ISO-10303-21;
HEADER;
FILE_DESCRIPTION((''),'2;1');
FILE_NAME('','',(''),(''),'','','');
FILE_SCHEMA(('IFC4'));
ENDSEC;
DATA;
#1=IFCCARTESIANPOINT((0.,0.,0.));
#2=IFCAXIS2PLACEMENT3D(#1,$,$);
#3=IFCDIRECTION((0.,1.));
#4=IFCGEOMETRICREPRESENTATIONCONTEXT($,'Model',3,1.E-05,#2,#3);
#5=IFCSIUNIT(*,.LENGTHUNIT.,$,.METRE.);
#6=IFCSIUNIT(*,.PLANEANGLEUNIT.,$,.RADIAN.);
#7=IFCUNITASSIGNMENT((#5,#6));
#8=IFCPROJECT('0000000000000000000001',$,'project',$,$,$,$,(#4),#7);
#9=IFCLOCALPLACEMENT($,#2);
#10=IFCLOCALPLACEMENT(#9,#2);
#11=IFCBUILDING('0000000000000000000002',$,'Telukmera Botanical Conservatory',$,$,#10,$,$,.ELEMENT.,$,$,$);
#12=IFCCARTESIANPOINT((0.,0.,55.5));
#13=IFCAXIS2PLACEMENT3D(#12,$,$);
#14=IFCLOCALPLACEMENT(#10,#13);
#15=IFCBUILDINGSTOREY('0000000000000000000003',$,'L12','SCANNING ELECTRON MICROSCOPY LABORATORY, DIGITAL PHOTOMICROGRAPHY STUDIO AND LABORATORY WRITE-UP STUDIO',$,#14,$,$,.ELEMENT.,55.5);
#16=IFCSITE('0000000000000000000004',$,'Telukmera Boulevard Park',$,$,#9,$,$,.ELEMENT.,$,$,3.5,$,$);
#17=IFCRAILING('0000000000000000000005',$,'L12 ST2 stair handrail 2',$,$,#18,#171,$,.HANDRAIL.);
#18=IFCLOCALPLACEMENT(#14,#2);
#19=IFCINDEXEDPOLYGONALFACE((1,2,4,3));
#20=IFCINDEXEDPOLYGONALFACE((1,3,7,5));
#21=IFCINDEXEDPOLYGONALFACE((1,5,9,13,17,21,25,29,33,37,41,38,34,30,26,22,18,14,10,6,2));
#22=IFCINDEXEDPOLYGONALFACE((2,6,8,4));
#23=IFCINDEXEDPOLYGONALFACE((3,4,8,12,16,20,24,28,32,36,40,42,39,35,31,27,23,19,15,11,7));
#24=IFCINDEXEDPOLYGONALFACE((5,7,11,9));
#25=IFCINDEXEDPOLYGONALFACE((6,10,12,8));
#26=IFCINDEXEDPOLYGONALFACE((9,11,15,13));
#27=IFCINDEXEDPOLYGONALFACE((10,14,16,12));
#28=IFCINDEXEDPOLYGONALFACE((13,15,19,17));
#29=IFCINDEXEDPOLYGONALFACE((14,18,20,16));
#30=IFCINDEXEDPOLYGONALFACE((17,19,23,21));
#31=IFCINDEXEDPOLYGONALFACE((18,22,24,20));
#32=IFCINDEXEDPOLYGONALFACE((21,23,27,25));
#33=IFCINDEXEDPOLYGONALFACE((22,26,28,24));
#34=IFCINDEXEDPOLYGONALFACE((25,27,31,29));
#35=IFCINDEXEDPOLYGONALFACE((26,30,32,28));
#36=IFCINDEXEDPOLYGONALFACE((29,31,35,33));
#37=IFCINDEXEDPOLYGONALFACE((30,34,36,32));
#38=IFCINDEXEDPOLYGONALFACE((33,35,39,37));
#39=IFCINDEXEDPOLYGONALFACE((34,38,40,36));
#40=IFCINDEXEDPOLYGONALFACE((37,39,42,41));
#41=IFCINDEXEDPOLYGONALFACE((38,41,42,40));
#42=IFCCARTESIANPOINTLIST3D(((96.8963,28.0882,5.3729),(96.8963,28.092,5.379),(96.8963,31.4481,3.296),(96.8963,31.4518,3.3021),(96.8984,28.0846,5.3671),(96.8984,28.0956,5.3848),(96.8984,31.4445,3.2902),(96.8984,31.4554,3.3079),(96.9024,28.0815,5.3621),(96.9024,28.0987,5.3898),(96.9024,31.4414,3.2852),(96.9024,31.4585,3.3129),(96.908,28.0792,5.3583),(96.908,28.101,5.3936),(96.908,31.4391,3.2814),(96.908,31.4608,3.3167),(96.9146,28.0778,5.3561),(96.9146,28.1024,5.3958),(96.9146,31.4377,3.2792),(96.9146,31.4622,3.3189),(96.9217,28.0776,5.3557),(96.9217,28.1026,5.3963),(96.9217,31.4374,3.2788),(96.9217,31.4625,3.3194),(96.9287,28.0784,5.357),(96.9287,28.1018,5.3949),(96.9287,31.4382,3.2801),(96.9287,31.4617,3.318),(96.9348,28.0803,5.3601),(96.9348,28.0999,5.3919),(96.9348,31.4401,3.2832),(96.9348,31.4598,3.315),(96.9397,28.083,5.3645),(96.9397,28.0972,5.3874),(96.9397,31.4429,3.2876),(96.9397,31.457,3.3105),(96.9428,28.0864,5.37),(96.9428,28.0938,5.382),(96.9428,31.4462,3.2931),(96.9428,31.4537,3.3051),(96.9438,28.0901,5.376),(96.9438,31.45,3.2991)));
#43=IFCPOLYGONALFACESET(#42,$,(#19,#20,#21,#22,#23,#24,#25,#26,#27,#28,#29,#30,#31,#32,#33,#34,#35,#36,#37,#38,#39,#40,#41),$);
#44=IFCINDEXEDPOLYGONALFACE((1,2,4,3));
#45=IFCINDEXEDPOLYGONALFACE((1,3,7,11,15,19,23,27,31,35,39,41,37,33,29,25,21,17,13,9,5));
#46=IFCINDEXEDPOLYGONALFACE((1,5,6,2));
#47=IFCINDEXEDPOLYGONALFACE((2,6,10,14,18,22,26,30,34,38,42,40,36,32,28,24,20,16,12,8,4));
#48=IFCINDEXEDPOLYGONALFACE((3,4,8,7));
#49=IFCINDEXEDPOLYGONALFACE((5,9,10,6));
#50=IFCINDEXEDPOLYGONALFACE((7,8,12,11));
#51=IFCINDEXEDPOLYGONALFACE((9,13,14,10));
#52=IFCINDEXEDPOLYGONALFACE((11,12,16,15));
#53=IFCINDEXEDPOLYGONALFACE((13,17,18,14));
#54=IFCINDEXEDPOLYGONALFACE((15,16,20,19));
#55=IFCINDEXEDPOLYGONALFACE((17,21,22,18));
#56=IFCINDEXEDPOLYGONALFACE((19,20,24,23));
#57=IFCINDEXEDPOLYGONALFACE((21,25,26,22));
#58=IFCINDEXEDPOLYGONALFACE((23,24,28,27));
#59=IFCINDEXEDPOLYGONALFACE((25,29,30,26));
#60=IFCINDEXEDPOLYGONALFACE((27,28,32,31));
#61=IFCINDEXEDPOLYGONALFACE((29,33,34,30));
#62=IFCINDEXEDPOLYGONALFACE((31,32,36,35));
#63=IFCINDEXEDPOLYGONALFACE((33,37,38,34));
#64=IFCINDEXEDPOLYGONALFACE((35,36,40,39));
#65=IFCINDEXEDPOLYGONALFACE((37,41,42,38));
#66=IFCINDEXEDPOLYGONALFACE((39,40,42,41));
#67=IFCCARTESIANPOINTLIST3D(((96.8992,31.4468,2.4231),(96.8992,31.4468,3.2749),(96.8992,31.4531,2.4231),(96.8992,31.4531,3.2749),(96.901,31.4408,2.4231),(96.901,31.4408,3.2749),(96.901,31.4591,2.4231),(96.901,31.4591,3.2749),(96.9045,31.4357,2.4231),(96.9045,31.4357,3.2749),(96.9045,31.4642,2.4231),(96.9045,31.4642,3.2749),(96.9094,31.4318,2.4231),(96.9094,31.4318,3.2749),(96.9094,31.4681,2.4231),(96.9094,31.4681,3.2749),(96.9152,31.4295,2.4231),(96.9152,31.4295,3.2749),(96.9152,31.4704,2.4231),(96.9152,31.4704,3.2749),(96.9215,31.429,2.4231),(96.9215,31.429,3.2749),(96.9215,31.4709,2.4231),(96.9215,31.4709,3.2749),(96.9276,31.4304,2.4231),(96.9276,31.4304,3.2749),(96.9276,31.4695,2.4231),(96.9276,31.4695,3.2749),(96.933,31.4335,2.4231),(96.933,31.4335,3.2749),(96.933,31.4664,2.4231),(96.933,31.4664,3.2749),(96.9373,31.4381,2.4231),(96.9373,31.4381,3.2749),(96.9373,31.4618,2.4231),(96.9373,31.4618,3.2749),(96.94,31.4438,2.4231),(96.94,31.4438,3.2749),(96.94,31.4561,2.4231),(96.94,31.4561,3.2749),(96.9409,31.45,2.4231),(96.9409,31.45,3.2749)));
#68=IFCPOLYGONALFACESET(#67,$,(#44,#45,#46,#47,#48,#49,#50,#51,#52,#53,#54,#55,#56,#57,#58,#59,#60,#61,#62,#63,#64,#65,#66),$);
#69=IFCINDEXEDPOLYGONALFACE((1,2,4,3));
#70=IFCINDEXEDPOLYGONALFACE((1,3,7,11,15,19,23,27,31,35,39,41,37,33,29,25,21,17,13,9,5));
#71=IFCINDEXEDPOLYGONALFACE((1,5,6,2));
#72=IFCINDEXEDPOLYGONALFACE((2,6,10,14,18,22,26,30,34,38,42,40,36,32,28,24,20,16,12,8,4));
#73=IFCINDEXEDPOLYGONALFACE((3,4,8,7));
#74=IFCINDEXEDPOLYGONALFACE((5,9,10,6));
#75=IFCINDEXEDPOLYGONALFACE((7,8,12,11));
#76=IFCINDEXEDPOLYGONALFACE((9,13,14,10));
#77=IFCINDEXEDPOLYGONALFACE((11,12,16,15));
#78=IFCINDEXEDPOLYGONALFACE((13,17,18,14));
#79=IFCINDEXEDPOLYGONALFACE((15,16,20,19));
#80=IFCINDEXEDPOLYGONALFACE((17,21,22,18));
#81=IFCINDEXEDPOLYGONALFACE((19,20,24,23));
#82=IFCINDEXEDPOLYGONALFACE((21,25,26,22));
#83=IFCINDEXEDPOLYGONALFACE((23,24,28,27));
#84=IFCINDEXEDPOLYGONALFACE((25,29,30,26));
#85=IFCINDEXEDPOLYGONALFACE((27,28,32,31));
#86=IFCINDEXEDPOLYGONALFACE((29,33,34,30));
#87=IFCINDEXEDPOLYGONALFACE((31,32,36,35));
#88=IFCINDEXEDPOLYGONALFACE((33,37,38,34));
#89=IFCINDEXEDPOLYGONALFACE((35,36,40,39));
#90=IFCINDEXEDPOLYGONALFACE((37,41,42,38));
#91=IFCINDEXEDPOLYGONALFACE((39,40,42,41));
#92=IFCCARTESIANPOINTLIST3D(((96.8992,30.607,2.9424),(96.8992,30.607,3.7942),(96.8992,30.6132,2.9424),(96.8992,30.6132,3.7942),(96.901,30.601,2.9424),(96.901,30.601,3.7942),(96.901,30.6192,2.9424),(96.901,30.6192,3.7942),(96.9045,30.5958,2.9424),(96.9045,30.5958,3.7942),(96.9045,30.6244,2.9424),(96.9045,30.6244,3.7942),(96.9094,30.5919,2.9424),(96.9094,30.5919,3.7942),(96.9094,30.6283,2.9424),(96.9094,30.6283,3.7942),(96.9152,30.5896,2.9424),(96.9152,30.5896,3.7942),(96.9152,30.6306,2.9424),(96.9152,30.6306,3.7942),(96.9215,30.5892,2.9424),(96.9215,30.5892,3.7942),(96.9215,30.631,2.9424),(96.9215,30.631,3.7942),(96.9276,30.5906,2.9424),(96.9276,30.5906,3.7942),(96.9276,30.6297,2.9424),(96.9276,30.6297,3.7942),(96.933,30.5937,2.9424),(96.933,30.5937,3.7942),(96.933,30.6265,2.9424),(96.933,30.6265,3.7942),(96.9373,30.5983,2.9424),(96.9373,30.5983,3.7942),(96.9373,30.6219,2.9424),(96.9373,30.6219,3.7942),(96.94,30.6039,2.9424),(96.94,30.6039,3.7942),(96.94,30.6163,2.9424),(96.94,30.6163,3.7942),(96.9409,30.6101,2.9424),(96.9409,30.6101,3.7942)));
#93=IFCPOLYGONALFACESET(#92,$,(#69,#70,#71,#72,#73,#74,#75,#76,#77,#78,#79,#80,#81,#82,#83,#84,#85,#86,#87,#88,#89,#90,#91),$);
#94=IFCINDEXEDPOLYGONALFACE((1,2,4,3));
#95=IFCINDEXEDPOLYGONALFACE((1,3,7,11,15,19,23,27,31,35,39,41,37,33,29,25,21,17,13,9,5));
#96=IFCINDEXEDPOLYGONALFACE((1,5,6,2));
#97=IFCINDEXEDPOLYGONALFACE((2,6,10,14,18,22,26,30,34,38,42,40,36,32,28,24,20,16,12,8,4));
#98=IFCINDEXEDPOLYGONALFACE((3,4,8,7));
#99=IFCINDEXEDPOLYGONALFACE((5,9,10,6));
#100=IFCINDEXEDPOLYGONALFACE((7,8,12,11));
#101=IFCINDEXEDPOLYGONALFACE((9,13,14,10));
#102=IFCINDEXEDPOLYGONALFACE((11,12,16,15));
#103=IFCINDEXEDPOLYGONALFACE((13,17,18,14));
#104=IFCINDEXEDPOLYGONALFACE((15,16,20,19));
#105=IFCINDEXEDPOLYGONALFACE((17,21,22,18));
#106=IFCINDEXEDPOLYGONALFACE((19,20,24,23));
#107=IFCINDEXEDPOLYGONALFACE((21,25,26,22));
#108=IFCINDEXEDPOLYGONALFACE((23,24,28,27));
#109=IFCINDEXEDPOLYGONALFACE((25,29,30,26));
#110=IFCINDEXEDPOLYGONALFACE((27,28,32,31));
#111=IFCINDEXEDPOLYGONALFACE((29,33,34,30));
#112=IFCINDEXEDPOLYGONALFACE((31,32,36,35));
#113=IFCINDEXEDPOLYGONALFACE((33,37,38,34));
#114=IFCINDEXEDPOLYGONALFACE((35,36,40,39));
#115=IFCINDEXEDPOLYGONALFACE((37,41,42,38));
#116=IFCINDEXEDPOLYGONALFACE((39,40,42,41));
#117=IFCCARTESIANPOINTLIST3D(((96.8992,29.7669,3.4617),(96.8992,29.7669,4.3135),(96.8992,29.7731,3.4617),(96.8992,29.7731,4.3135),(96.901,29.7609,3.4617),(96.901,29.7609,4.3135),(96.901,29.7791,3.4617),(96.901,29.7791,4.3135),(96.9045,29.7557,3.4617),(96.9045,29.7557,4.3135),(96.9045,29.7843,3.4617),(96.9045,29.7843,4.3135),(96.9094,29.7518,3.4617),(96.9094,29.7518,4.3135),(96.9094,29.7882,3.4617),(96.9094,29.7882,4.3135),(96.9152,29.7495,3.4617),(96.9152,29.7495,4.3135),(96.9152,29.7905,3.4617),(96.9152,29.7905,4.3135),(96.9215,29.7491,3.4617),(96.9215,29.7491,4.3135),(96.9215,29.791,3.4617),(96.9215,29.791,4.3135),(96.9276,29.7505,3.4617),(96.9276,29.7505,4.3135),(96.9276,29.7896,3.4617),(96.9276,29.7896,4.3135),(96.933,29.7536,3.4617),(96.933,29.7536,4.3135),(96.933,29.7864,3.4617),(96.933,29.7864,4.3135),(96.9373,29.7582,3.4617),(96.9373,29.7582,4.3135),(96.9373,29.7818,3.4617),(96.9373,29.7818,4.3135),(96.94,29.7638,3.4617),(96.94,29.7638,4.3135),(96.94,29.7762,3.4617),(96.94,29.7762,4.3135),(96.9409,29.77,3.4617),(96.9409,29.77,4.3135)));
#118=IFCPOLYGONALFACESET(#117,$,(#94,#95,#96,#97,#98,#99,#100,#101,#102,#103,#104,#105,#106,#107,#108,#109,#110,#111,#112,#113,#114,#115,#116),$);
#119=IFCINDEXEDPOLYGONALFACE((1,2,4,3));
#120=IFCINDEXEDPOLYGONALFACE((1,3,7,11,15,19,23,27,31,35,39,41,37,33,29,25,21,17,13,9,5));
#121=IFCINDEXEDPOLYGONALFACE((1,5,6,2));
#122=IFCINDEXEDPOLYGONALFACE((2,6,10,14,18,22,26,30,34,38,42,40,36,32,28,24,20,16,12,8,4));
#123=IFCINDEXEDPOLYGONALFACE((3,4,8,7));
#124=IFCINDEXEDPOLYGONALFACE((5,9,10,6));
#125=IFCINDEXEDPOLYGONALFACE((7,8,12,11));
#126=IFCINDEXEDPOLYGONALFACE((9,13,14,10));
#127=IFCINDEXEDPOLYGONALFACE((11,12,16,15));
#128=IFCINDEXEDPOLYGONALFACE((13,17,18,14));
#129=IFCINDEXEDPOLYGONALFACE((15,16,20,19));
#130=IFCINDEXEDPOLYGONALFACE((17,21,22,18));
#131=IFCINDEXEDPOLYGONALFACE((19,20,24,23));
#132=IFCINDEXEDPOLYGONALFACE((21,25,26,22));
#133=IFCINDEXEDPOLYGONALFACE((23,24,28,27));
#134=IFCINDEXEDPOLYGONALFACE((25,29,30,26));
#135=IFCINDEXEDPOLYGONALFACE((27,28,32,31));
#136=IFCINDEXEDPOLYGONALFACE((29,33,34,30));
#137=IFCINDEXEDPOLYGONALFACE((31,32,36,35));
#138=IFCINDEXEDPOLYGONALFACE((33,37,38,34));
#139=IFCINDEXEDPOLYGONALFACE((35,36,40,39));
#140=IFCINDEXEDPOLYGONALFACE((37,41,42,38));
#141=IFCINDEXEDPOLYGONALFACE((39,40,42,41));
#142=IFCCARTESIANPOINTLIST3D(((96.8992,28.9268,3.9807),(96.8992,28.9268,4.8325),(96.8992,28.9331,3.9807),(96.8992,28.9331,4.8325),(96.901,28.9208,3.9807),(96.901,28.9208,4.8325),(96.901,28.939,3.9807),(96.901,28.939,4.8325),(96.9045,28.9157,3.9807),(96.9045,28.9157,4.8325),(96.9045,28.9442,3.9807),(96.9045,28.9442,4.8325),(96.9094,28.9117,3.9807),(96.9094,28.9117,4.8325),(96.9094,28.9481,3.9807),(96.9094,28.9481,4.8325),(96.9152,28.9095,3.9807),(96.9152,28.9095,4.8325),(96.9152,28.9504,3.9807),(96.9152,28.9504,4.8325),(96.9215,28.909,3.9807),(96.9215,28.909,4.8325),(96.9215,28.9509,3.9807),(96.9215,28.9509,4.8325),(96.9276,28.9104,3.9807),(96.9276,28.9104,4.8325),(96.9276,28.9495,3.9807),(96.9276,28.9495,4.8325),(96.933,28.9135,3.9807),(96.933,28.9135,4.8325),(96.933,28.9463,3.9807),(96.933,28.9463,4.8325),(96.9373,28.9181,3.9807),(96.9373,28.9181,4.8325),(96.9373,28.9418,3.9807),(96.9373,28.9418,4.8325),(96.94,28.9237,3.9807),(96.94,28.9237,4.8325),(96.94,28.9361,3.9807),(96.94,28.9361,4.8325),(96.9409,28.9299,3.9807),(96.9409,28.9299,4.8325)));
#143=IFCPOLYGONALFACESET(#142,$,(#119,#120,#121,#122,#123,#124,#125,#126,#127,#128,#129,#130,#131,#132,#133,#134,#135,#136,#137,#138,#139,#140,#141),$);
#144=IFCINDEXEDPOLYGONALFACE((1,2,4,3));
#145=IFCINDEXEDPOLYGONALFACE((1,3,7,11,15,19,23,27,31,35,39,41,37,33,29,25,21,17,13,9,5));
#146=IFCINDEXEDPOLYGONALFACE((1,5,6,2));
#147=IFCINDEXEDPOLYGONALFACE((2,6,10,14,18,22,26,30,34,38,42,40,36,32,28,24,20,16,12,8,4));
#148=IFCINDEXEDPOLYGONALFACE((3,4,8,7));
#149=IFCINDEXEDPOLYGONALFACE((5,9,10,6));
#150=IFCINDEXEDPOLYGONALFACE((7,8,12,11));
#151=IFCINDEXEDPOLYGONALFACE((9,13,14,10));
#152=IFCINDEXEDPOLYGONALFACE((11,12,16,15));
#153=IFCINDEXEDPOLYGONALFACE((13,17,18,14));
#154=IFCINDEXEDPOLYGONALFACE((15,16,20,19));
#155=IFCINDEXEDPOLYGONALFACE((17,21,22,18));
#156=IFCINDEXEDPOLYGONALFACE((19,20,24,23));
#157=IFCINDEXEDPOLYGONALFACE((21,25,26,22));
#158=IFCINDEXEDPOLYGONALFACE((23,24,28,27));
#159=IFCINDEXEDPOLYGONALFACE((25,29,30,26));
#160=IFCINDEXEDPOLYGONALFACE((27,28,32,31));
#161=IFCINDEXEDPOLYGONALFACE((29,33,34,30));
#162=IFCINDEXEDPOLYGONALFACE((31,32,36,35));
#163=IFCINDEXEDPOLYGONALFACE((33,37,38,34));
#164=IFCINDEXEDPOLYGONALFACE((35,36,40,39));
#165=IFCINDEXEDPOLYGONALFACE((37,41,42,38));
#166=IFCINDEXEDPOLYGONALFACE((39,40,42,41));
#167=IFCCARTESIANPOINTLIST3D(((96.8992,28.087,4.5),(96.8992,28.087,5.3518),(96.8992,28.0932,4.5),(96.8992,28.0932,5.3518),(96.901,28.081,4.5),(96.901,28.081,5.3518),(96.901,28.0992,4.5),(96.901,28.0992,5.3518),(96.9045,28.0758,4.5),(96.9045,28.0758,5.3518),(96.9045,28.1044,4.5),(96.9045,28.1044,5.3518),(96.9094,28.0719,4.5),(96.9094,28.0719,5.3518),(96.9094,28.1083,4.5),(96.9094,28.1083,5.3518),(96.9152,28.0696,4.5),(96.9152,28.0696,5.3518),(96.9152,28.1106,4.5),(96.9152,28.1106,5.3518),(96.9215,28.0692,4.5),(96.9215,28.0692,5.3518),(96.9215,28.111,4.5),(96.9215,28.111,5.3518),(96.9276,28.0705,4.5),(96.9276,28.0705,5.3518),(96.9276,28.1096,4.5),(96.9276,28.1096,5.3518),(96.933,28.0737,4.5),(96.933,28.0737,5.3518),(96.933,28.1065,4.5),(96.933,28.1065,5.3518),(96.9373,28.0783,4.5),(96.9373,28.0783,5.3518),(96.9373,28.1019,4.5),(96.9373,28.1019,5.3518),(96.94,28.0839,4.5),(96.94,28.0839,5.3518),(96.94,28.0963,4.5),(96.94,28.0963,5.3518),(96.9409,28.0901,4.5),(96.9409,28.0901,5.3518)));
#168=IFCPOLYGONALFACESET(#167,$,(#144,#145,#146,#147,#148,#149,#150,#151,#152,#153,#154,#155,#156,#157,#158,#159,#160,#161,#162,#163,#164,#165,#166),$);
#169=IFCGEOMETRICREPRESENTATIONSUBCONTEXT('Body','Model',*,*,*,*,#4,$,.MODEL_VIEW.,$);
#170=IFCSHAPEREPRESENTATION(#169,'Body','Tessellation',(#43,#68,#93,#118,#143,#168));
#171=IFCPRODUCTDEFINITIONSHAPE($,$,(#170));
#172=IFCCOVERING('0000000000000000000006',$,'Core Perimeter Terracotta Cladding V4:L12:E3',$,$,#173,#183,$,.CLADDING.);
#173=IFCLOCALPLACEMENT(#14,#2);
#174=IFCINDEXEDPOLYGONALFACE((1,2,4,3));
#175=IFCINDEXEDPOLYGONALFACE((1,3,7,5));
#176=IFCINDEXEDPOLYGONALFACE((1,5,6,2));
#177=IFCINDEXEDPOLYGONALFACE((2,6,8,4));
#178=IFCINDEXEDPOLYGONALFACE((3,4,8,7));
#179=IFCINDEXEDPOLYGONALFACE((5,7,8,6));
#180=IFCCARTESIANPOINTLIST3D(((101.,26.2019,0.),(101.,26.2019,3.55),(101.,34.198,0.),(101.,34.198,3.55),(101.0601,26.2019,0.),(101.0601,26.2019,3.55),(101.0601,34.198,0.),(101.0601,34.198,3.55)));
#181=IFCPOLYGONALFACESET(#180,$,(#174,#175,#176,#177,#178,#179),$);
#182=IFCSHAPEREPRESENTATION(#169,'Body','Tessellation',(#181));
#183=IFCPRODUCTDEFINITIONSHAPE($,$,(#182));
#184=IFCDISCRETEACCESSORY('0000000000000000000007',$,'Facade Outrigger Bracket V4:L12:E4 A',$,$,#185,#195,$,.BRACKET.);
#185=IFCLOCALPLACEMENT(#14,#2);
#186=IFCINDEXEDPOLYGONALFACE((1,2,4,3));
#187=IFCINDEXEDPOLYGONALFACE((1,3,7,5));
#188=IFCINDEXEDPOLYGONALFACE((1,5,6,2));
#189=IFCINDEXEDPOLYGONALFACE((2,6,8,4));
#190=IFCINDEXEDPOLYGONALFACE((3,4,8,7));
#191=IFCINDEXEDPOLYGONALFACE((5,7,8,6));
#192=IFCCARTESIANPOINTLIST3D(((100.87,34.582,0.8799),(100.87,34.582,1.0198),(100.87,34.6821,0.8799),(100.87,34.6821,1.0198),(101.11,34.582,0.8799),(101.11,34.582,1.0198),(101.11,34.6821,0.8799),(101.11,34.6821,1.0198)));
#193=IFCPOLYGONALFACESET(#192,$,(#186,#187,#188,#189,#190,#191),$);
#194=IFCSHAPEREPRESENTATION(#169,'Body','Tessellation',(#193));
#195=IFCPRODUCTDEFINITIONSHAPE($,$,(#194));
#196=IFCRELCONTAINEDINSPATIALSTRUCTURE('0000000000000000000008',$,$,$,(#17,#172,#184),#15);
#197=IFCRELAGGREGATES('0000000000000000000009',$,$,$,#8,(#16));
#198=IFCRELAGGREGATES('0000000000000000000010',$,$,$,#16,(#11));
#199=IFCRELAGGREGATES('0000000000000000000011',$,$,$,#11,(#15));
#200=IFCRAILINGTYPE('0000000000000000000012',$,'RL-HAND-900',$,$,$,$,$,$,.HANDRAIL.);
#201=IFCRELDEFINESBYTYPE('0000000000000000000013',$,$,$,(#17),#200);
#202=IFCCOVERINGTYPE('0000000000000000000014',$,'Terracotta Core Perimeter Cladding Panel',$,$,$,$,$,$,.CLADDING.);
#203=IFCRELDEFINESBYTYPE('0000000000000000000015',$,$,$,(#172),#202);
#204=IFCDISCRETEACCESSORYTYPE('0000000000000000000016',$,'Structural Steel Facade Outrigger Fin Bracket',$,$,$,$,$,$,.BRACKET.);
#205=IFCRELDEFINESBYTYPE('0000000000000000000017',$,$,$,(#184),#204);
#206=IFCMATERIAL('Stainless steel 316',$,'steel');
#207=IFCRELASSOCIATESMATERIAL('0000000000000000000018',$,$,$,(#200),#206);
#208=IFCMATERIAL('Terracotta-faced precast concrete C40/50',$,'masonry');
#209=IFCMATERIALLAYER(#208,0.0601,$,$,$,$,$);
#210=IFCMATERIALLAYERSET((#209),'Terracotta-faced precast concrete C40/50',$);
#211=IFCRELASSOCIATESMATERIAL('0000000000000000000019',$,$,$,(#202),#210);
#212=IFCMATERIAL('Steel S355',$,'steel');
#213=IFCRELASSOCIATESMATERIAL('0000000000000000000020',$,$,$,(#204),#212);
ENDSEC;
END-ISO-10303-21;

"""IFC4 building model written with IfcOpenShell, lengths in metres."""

from ifc_helpers import new_model, si_unit, direction, frame, origin, origin_2d, place, context, subcontext, project, spatial, rectangle, circle, extrude, material, layer, layer_set, type_object, element, save


model = new_model("IFC4")

# Units and contexts
model_context = context("Model", 3, precision=1e-05, world=origin(), true_north=direction((0.0, 1.0)))
body_context = subcontext(model_context, "Body", "Model", "MODEL_VIEW")
ifc_project = project(units=[si_unit("LENGTHUNIT", "METRE"), si_unit("PLANEANGLEUNIT", "RADIAN")], contexts=[model_context])

# Site, building, storey
site_placement = place(None, origin())
site = spatial("IfcSite", under=ifc_project, at=site_placement, Name="Telukmera Boulevard Park", CompositionType="ELEMENT", RefElevation=3.5)
building_placement = place(site_placement, origin())
building = spatial("IfcBuilding", under=site, at=building_placement, Name="Telukmera Botanical Conservatory", CompositionType="ELEMENT")
storey_placement = place(building_placement, frame((0.0, 0.0, 55.5)))
storey = spatial("IfcBuildingStorey", under=building, at=storey_placement, Name="L12", Description="SCANNING ELECTRON MICROSCOPY LABORATORY, DIGITAL PHOTOMICROGRAPHY STUDIO AND LABORATORY WRITE-UP STUDIO", CompositionType="ELEMENT", Elevation=55.5)

# Railing
ifc_material_1 = material(Name="Steel S355", Category="steel")
ifc_material_2 = material(Name="Stainless steel 316", Category="steel")
railing_type_1 = type_object("IfcRailingType", Name="RL-HAND-900", PredefinedType="HANDRAIL", material=ifc_material_2)
railing_1_placement = place(storey_placement, frame((96.9199, 31.45, 2.4231)))
element("IfcRailing", 1, at=railing_1_placement, inside=storey, type_object=railing_type_1, Name="L12 ST2 stair handrail 2", PredefinedType="HANDRAIL", context=body_context, shape_type="SweptSolid", body=[
    extrude(circle(Radius=0.0239, at=origin_2d()), frame((0.0, 0.0, 0.876), z_axis=(0.0, -0.850606, 0.525803), x_axis=(1.0, 0.0, 0.0)), (0.0, 0.0, 1.0), 3.95),
    extrude(circle(Radius=0.021, at=origin_2d()), origin(), (0.0, 0.0, 1.0), 0.8518),
    extrude(circle(Radius=0.021, at=origin_2d()), frame((0.0, -0.8398, 0.5193)), (0.0, 0.0, 1.0), 0.8518),
    extrude(circle(Radius=0.021, at=origin_2d()), frame((0.0, -1.6799, 1.0386)), (0.0, 0.0, 1.0), 0.8518),
    extrude(circle(Radius=0.021, at=origin_2d()), frame((0.0, -2.52, 1.5576)), (0.0, 0.0, 1.0), 0.8518),
    extrude(circle(Radius=0.021, at=origin_2d()), frame((0.0, -3.3599, 2.0769)), (0.0, 0.0, 1.0), 0.8518),
])

# Covering
ifc_material_3 = material(Name="Terracotta-faced precast concrete C40/50", Category="masonry")
ifc_layer_1 = layer(ifc_material_3, 0.0601)
ifc_layer_set_1 = layer_set([ifc_layer_1], Name="Terracotta-faced precast concrete C40/50")
covering_type_1 = type_object("IfcCoveringType", Name="Terracotta Core Perimeter Cladding Panel", PredefinedType="CLADDING", material=ifc_layer_set_1)
covering_1_placement = place(storey_placement, frame((101.03, 30.2, 0.0), z_axis=(0.0, 0.0, 1.0), x_axis=(0.0, 1.0, 0.0)))
element("IfcCovering", 2, at=covering_1_placement, inside=storey, type_object=covering_type_1, Name="Core Perimeter Terracotta Cladding V4:L12:E3", PredefinedType="CLADDING", context=body_context, shape_type="SweptSolid", body=[
    extrude(rectangle(XDim=7.9961, YDim=0.0601, at=origin_2d()), origin(), (0.0, 0.0, 1.0), 3.55),
])

# Discrete accessory
discrete_accessory_type = type_object("IfcDiscreteAccessoryType", Name="Structural Steel Facade Outrigger Fin Bracket", PredefinedType="BRACKET", material=ifc_material_1)
discrete_accessory_placement = place(storey_placement, frame((100.99, 34.6321, 0.8799), z_axis=(0.0, 0.0, 1.0), x_axis=(0.0, 1.0, 0.0)))
element("IfcDiscreteAccessory", 3, at=discrete_accessory_placement, inside=storey, type_object=discrete_accessory_type, Name="Facade Outrigger Bracket V4:L12:E4 A", PredefinedType="BRACKET", context=body_context, shape_type="SweptSolid", body=[
    extrude(rectangle(XDim=0.1001, YDim=0.24, at=origin_2d()), origin(), (0.0, 0.0, 1.0), 0.1399),
])

save(model, "model.ifc")
